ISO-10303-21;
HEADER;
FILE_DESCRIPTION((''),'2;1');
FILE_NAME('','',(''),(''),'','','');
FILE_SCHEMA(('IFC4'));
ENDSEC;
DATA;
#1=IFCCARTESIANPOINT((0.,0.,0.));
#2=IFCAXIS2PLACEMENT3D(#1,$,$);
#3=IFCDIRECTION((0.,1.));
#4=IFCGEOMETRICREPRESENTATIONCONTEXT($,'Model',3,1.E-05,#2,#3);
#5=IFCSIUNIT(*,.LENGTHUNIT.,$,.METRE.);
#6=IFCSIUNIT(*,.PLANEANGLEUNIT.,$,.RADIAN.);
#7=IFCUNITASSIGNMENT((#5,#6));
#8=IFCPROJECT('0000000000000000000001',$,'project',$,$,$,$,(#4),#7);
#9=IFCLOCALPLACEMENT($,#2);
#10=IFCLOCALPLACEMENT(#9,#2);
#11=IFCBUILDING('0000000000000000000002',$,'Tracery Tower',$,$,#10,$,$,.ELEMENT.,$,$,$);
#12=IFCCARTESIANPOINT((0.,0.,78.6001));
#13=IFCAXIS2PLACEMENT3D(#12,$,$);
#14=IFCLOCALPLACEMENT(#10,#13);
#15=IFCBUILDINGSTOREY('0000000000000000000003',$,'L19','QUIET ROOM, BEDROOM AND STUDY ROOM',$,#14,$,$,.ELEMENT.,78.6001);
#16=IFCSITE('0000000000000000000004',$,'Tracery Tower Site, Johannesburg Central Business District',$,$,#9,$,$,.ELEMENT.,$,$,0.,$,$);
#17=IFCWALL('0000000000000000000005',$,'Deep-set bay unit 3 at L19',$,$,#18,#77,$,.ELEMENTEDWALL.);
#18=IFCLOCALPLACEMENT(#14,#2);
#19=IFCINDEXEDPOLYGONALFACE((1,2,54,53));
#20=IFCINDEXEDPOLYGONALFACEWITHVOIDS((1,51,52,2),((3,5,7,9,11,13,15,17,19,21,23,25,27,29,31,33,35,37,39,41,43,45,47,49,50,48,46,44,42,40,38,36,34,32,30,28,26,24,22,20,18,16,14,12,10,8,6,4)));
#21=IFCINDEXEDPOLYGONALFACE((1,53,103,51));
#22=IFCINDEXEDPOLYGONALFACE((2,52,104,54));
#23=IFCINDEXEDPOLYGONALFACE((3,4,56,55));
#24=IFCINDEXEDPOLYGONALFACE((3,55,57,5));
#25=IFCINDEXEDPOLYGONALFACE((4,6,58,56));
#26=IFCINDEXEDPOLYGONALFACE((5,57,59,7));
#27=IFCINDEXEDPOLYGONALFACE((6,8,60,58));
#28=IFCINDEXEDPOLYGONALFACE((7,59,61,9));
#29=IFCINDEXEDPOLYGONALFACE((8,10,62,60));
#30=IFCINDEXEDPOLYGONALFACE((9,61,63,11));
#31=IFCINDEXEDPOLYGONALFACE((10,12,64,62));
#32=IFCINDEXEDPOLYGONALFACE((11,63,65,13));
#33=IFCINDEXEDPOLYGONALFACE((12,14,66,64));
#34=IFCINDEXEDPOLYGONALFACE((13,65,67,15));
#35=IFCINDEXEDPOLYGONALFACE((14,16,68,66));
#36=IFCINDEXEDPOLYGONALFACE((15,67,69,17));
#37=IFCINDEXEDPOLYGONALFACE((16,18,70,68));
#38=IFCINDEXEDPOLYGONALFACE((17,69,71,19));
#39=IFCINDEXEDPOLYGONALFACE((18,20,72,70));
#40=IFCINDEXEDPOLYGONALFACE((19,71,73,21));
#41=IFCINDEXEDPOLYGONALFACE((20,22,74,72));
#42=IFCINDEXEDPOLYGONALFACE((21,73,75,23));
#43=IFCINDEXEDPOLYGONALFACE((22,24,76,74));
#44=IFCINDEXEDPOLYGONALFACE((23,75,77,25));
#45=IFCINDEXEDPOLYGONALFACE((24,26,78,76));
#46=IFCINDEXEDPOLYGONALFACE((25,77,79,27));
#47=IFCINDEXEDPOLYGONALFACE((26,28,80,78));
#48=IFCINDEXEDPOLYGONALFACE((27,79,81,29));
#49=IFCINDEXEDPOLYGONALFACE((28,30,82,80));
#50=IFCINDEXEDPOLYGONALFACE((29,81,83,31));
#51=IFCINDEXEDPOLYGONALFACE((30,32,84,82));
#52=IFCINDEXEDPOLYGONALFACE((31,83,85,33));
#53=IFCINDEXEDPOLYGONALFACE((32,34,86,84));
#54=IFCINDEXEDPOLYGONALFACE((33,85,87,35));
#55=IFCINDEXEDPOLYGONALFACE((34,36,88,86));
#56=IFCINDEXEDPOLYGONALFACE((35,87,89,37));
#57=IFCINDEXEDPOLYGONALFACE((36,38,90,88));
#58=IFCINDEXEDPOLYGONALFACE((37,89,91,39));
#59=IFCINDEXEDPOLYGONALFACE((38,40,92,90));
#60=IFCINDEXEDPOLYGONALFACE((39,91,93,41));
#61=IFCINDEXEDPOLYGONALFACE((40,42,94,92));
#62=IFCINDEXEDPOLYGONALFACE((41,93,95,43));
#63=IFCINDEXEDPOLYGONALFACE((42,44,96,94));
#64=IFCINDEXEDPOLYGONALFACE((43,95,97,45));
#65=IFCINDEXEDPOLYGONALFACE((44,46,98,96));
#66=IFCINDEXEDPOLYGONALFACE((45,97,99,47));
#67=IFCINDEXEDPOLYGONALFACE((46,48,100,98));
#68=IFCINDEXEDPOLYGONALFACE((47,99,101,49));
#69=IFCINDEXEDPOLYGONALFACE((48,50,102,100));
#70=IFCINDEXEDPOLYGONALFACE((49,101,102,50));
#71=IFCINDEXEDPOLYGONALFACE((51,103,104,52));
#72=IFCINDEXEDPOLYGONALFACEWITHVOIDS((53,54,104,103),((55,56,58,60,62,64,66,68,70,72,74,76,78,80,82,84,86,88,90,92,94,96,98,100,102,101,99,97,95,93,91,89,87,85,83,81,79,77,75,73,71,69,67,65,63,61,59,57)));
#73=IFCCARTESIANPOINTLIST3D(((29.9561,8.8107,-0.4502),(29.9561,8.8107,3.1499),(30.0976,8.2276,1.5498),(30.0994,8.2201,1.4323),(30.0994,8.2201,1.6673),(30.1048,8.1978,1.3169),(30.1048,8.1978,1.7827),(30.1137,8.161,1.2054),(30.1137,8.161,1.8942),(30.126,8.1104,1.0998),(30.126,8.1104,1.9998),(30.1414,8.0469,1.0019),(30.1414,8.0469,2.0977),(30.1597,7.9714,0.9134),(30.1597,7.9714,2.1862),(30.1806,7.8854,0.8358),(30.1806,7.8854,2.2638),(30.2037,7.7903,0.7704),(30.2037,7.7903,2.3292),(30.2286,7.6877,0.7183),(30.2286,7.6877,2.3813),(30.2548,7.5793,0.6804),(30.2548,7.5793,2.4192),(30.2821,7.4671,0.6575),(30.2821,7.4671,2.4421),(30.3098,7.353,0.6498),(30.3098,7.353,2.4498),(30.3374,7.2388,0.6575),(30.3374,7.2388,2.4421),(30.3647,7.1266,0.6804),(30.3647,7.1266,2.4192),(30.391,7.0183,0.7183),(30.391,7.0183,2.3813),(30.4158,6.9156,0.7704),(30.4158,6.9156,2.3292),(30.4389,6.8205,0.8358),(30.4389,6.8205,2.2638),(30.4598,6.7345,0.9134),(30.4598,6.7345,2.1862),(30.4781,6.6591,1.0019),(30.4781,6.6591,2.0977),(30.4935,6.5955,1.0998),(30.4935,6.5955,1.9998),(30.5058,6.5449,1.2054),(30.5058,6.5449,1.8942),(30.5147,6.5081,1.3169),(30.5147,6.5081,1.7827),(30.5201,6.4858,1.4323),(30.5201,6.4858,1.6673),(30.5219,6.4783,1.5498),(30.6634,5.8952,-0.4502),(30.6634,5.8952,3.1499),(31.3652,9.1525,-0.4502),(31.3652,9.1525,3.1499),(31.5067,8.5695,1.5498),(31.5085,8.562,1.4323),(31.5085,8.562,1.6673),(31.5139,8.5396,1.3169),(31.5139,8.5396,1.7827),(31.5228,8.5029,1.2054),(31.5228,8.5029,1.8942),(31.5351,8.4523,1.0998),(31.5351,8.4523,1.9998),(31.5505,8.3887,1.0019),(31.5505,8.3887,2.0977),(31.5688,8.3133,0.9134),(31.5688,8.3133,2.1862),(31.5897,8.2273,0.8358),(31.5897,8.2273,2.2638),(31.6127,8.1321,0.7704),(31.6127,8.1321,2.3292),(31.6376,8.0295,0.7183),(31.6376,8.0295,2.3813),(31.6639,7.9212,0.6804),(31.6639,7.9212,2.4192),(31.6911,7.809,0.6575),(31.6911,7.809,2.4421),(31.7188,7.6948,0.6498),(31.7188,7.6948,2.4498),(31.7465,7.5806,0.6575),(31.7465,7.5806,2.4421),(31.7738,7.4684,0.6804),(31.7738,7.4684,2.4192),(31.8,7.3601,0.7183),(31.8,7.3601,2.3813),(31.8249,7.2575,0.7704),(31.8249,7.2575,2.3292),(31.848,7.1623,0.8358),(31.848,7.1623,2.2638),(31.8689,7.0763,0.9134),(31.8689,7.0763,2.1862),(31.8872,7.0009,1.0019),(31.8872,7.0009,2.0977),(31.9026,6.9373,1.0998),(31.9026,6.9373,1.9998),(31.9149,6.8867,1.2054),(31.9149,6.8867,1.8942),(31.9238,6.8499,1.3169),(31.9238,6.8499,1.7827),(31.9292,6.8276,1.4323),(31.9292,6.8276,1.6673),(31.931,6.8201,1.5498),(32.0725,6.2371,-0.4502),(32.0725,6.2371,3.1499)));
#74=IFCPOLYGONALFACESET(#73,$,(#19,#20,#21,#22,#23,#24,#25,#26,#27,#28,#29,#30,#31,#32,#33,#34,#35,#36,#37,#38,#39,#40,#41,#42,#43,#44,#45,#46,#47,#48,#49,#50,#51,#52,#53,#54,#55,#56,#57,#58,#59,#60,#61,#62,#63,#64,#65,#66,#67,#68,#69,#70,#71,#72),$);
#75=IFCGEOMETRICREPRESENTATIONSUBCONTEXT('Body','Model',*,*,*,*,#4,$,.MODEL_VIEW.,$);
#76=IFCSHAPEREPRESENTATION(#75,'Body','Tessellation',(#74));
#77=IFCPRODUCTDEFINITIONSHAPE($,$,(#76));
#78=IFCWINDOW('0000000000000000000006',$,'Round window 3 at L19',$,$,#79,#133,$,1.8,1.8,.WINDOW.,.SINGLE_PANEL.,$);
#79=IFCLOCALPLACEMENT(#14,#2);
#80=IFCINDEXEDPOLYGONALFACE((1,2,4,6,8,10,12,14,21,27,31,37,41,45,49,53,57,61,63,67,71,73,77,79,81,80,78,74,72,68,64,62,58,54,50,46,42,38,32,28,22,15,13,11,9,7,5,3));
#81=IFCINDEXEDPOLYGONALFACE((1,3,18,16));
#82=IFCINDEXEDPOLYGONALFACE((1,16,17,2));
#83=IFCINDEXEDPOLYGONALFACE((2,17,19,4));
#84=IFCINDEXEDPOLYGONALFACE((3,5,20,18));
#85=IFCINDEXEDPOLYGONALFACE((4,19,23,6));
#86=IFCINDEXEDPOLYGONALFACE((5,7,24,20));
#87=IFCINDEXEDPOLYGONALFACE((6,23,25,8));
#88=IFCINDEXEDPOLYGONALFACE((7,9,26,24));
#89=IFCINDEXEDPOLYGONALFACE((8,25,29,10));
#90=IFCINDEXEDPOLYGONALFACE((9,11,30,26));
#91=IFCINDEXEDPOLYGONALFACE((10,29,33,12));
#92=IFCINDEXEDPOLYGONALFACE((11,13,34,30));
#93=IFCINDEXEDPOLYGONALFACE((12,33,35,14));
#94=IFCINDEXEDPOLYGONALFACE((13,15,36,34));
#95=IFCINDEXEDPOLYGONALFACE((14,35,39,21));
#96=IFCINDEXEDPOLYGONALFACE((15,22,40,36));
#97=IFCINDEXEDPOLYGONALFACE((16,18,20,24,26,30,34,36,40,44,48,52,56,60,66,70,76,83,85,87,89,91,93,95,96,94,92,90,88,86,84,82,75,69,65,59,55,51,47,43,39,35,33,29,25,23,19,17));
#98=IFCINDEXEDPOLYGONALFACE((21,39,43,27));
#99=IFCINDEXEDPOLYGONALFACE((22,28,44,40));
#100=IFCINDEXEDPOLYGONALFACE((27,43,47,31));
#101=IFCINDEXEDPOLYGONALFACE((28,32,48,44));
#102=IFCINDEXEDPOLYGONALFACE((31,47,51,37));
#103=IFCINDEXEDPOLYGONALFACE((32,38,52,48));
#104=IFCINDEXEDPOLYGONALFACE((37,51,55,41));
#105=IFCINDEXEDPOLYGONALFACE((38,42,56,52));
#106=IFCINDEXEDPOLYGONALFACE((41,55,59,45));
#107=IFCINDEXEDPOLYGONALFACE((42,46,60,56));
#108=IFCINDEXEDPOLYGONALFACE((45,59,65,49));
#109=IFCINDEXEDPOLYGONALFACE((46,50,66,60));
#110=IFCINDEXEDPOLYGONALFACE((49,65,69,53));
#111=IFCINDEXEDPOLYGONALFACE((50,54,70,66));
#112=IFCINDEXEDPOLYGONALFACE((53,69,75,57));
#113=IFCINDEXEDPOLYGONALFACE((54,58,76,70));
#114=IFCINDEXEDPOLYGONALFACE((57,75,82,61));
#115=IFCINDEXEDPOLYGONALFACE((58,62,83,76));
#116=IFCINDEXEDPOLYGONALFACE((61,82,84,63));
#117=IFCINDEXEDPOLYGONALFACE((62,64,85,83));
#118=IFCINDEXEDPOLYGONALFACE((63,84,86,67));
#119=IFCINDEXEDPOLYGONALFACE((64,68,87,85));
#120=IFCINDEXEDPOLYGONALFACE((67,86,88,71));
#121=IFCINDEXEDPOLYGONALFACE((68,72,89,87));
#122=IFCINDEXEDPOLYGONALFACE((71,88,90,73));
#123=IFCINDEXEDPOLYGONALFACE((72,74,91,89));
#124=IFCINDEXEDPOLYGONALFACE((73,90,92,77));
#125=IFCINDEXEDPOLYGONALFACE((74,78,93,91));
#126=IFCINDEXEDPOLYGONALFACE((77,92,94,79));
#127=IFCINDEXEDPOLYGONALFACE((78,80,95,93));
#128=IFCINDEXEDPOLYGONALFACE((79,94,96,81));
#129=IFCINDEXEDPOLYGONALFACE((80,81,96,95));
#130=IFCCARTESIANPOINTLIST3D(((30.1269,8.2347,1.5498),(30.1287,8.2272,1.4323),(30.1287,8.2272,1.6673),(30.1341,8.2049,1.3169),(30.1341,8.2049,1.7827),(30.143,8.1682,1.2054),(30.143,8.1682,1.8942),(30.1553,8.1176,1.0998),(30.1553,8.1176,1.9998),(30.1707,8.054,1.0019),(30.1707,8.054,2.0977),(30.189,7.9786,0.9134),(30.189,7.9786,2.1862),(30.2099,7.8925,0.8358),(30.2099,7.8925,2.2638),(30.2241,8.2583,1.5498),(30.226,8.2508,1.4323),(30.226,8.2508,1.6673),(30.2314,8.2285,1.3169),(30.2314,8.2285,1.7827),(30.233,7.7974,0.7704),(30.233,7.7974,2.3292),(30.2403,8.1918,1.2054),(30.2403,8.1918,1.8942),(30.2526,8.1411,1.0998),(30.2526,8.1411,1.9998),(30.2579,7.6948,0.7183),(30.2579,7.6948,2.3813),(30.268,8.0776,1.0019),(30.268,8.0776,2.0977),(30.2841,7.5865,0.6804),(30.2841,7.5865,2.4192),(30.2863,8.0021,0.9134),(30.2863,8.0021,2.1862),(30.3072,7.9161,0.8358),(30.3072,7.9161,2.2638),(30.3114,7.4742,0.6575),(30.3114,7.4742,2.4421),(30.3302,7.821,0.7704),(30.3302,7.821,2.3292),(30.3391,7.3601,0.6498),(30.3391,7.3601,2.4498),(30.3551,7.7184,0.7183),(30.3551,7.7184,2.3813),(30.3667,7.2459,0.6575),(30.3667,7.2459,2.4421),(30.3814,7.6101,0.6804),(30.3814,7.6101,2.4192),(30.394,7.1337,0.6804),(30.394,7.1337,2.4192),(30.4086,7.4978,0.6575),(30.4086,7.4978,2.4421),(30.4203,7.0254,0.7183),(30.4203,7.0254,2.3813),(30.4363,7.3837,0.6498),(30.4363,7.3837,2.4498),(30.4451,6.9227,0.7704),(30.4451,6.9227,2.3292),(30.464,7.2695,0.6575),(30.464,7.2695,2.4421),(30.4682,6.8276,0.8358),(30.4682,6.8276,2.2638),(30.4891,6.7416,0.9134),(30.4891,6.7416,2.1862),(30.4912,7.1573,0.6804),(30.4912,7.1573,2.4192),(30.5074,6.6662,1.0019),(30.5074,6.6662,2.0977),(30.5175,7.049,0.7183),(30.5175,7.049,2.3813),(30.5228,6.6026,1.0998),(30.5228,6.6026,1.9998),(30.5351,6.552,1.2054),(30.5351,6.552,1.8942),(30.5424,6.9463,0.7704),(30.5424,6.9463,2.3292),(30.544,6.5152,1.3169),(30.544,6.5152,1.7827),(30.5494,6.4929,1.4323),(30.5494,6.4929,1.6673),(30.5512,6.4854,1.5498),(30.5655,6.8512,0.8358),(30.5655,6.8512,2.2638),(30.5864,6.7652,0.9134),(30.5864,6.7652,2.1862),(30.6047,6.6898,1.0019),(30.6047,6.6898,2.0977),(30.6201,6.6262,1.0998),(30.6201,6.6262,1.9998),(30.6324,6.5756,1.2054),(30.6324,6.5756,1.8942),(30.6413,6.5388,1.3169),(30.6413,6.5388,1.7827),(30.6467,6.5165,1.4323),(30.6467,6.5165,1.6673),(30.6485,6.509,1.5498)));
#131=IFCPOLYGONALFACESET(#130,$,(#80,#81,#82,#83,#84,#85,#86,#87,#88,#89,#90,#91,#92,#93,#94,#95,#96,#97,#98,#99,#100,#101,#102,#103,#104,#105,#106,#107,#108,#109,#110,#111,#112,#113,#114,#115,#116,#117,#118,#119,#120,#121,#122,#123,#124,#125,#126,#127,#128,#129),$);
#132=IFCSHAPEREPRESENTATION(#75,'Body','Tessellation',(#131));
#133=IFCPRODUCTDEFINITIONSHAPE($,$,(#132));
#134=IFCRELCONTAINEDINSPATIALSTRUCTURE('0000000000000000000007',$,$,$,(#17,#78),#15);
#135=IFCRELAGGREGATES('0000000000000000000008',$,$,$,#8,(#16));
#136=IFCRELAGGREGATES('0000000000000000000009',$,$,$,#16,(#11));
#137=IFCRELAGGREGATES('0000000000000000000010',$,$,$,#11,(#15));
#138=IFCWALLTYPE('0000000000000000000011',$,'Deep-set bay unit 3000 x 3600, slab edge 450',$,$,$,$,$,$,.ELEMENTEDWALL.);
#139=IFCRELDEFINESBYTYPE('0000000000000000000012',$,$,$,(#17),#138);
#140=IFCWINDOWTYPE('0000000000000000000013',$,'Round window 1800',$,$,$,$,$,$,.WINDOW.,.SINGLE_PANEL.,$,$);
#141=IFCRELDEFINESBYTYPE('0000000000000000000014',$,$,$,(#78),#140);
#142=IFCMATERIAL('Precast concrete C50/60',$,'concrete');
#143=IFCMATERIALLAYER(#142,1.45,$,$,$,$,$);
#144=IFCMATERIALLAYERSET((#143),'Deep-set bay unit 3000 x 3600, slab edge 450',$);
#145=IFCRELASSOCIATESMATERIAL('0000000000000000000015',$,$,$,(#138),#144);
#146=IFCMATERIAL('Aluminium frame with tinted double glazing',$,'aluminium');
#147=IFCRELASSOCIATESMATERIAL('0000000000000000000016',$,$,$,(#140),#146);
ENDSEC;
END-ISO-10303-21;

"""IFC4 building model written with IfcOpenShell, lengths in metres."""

from ifc_helpers import new_model, si_unit, direction, frame, frame_2d, origin, origin_2d, place, context, subcontext, project, spatial, rectangle, circle, extrude, material, layer, layer_set, type_object, element, fill, save


model = new_model("IFC4")

# Units and contexts
model_context = context("Model", 3, precision=1e-05, world=origin(), true_north=direction((0.0, 1.0)))
body_context = subcontext(model_context, "Body", "Model", "MODEL_VIEW")
ifc_project = project(units=[si_unit("LENGTHUNIT", "METRE"), si_unit("PLANEANGLEUNIT", "RADIAN")], contexts=[model_context])

# Site, building, storey
site_placement = place(None, origin())
site = spatial("IfcSite", under=ifc_project, at=site_placement, Name="Tracery Tower Site, Johannesburg Central Business District", CompositionType="ELEMENT", RefElevation=0.0)
building_placement = place(site_placement, origin())
building = spatial("IfcBuilding", under=site, at=building_placement, Name="Tracery Tower", CompositionType="ELEMENT")
storey_placement = place(building_placement, frame((0.0, 0.0, 78.6001)))
storey = spatial("IfcBuildingStorey", under=building, at=storey_placement, Name="L19", Description="QUIET ROOM, BEDROOM AND STUDY ROOM", CompositionType="ELEMENT", Elevation=78.6001)

# Wall, opening, window
ifc_material_1 = material(Name="Precast concrete C50/60", Category="concrete")
ifc_layer_1 = layer(ifc_material_1, 1.45)
ifc_layer_set_1 = layer_set([ifc_layer_1], Name="Deep-set bay unit 3000 x 3600, slab edge 450")
wall_type_1 = type_object("IfcWallType", Name="Deep-set bay unit 3000 x 3600, slab edge 450", PredefinedType="ELEMENTEDWALL", material=ifc_layer_set_1)
wall_1_placement = place(storey_placement, frame((31.3679, 6.0662, -0.4502), z_axis=(0.0, 0.0, 1.0), x_axis=(-0.235751, 0.971813, 0.0)))
wall_1 = element("IfcWall", 1, at=wall_1_placement, inside=storey, type_object=wall_type_1, Name="Deep-set bay unit 3 at L19", PredefinedType="ELEMENTEDWALL", context=body_context, shape_type="SweptSolid", body=[
    extrude(rectangle(XDim=3.0, YDim=1.45, at=frame_2d((1.5, 0.0))), origin(), (0.0, 0.0, 1.0), 3.6001),
])
opening_1_placement = place(wall_1_placement, frame((1.5, 0.0, 2.0)))
opening_1 = element("IfcOpeningElement", 2, at=opening_1_placement, cuts=wall_1, PredefinedType="OPENING", context=body_context, shape_type="SweptSolid", body=[
    extrude(circle(Radius=0.9, at=origin_2d()), frame((0.0, 0.7349, 0.0), z_axis=(0.0, -1.0, 0.0), x_axis=(1.0, 0.0, 0.0)), (0.0, 0.0, 1.0), 1.47),
])
ifc_material_2 = material(Name="Aluminium frame with tinted double glazing", Category="aluminium")
window_type = type_object("IfcWindowType", Name="Round window 1800", PartitioningType="SINGLE_PANEL", PredefinedType="WINDOW", material=ifc_material_2)
window_1_placement = place(opening_1_placement, origin())
window_1 = element("IfcWindow", 3, at=window_1_placement, inside=storey, type_object=window_type, Name="Round window 3 at L19", OverallHeight=1.8, OverallWidth=1.8, PartitioningType="SINGLE_PANEL", PredefinedType="WINDOW", context=body_context, shape_type="SweptSolid", body=[
    extrude(circle(Radius=0.9, at=origin_2d()), frame((0.0, 0.6948, 0.0), z_axis=(0.0, -1.0, 0.0), x_axis=(1.0, 0.0, 0.0)), (0.0, 0.0, 1.0), 0.1001),
])
fill(opening_1, window_1)

save(model, "model.ifc")
